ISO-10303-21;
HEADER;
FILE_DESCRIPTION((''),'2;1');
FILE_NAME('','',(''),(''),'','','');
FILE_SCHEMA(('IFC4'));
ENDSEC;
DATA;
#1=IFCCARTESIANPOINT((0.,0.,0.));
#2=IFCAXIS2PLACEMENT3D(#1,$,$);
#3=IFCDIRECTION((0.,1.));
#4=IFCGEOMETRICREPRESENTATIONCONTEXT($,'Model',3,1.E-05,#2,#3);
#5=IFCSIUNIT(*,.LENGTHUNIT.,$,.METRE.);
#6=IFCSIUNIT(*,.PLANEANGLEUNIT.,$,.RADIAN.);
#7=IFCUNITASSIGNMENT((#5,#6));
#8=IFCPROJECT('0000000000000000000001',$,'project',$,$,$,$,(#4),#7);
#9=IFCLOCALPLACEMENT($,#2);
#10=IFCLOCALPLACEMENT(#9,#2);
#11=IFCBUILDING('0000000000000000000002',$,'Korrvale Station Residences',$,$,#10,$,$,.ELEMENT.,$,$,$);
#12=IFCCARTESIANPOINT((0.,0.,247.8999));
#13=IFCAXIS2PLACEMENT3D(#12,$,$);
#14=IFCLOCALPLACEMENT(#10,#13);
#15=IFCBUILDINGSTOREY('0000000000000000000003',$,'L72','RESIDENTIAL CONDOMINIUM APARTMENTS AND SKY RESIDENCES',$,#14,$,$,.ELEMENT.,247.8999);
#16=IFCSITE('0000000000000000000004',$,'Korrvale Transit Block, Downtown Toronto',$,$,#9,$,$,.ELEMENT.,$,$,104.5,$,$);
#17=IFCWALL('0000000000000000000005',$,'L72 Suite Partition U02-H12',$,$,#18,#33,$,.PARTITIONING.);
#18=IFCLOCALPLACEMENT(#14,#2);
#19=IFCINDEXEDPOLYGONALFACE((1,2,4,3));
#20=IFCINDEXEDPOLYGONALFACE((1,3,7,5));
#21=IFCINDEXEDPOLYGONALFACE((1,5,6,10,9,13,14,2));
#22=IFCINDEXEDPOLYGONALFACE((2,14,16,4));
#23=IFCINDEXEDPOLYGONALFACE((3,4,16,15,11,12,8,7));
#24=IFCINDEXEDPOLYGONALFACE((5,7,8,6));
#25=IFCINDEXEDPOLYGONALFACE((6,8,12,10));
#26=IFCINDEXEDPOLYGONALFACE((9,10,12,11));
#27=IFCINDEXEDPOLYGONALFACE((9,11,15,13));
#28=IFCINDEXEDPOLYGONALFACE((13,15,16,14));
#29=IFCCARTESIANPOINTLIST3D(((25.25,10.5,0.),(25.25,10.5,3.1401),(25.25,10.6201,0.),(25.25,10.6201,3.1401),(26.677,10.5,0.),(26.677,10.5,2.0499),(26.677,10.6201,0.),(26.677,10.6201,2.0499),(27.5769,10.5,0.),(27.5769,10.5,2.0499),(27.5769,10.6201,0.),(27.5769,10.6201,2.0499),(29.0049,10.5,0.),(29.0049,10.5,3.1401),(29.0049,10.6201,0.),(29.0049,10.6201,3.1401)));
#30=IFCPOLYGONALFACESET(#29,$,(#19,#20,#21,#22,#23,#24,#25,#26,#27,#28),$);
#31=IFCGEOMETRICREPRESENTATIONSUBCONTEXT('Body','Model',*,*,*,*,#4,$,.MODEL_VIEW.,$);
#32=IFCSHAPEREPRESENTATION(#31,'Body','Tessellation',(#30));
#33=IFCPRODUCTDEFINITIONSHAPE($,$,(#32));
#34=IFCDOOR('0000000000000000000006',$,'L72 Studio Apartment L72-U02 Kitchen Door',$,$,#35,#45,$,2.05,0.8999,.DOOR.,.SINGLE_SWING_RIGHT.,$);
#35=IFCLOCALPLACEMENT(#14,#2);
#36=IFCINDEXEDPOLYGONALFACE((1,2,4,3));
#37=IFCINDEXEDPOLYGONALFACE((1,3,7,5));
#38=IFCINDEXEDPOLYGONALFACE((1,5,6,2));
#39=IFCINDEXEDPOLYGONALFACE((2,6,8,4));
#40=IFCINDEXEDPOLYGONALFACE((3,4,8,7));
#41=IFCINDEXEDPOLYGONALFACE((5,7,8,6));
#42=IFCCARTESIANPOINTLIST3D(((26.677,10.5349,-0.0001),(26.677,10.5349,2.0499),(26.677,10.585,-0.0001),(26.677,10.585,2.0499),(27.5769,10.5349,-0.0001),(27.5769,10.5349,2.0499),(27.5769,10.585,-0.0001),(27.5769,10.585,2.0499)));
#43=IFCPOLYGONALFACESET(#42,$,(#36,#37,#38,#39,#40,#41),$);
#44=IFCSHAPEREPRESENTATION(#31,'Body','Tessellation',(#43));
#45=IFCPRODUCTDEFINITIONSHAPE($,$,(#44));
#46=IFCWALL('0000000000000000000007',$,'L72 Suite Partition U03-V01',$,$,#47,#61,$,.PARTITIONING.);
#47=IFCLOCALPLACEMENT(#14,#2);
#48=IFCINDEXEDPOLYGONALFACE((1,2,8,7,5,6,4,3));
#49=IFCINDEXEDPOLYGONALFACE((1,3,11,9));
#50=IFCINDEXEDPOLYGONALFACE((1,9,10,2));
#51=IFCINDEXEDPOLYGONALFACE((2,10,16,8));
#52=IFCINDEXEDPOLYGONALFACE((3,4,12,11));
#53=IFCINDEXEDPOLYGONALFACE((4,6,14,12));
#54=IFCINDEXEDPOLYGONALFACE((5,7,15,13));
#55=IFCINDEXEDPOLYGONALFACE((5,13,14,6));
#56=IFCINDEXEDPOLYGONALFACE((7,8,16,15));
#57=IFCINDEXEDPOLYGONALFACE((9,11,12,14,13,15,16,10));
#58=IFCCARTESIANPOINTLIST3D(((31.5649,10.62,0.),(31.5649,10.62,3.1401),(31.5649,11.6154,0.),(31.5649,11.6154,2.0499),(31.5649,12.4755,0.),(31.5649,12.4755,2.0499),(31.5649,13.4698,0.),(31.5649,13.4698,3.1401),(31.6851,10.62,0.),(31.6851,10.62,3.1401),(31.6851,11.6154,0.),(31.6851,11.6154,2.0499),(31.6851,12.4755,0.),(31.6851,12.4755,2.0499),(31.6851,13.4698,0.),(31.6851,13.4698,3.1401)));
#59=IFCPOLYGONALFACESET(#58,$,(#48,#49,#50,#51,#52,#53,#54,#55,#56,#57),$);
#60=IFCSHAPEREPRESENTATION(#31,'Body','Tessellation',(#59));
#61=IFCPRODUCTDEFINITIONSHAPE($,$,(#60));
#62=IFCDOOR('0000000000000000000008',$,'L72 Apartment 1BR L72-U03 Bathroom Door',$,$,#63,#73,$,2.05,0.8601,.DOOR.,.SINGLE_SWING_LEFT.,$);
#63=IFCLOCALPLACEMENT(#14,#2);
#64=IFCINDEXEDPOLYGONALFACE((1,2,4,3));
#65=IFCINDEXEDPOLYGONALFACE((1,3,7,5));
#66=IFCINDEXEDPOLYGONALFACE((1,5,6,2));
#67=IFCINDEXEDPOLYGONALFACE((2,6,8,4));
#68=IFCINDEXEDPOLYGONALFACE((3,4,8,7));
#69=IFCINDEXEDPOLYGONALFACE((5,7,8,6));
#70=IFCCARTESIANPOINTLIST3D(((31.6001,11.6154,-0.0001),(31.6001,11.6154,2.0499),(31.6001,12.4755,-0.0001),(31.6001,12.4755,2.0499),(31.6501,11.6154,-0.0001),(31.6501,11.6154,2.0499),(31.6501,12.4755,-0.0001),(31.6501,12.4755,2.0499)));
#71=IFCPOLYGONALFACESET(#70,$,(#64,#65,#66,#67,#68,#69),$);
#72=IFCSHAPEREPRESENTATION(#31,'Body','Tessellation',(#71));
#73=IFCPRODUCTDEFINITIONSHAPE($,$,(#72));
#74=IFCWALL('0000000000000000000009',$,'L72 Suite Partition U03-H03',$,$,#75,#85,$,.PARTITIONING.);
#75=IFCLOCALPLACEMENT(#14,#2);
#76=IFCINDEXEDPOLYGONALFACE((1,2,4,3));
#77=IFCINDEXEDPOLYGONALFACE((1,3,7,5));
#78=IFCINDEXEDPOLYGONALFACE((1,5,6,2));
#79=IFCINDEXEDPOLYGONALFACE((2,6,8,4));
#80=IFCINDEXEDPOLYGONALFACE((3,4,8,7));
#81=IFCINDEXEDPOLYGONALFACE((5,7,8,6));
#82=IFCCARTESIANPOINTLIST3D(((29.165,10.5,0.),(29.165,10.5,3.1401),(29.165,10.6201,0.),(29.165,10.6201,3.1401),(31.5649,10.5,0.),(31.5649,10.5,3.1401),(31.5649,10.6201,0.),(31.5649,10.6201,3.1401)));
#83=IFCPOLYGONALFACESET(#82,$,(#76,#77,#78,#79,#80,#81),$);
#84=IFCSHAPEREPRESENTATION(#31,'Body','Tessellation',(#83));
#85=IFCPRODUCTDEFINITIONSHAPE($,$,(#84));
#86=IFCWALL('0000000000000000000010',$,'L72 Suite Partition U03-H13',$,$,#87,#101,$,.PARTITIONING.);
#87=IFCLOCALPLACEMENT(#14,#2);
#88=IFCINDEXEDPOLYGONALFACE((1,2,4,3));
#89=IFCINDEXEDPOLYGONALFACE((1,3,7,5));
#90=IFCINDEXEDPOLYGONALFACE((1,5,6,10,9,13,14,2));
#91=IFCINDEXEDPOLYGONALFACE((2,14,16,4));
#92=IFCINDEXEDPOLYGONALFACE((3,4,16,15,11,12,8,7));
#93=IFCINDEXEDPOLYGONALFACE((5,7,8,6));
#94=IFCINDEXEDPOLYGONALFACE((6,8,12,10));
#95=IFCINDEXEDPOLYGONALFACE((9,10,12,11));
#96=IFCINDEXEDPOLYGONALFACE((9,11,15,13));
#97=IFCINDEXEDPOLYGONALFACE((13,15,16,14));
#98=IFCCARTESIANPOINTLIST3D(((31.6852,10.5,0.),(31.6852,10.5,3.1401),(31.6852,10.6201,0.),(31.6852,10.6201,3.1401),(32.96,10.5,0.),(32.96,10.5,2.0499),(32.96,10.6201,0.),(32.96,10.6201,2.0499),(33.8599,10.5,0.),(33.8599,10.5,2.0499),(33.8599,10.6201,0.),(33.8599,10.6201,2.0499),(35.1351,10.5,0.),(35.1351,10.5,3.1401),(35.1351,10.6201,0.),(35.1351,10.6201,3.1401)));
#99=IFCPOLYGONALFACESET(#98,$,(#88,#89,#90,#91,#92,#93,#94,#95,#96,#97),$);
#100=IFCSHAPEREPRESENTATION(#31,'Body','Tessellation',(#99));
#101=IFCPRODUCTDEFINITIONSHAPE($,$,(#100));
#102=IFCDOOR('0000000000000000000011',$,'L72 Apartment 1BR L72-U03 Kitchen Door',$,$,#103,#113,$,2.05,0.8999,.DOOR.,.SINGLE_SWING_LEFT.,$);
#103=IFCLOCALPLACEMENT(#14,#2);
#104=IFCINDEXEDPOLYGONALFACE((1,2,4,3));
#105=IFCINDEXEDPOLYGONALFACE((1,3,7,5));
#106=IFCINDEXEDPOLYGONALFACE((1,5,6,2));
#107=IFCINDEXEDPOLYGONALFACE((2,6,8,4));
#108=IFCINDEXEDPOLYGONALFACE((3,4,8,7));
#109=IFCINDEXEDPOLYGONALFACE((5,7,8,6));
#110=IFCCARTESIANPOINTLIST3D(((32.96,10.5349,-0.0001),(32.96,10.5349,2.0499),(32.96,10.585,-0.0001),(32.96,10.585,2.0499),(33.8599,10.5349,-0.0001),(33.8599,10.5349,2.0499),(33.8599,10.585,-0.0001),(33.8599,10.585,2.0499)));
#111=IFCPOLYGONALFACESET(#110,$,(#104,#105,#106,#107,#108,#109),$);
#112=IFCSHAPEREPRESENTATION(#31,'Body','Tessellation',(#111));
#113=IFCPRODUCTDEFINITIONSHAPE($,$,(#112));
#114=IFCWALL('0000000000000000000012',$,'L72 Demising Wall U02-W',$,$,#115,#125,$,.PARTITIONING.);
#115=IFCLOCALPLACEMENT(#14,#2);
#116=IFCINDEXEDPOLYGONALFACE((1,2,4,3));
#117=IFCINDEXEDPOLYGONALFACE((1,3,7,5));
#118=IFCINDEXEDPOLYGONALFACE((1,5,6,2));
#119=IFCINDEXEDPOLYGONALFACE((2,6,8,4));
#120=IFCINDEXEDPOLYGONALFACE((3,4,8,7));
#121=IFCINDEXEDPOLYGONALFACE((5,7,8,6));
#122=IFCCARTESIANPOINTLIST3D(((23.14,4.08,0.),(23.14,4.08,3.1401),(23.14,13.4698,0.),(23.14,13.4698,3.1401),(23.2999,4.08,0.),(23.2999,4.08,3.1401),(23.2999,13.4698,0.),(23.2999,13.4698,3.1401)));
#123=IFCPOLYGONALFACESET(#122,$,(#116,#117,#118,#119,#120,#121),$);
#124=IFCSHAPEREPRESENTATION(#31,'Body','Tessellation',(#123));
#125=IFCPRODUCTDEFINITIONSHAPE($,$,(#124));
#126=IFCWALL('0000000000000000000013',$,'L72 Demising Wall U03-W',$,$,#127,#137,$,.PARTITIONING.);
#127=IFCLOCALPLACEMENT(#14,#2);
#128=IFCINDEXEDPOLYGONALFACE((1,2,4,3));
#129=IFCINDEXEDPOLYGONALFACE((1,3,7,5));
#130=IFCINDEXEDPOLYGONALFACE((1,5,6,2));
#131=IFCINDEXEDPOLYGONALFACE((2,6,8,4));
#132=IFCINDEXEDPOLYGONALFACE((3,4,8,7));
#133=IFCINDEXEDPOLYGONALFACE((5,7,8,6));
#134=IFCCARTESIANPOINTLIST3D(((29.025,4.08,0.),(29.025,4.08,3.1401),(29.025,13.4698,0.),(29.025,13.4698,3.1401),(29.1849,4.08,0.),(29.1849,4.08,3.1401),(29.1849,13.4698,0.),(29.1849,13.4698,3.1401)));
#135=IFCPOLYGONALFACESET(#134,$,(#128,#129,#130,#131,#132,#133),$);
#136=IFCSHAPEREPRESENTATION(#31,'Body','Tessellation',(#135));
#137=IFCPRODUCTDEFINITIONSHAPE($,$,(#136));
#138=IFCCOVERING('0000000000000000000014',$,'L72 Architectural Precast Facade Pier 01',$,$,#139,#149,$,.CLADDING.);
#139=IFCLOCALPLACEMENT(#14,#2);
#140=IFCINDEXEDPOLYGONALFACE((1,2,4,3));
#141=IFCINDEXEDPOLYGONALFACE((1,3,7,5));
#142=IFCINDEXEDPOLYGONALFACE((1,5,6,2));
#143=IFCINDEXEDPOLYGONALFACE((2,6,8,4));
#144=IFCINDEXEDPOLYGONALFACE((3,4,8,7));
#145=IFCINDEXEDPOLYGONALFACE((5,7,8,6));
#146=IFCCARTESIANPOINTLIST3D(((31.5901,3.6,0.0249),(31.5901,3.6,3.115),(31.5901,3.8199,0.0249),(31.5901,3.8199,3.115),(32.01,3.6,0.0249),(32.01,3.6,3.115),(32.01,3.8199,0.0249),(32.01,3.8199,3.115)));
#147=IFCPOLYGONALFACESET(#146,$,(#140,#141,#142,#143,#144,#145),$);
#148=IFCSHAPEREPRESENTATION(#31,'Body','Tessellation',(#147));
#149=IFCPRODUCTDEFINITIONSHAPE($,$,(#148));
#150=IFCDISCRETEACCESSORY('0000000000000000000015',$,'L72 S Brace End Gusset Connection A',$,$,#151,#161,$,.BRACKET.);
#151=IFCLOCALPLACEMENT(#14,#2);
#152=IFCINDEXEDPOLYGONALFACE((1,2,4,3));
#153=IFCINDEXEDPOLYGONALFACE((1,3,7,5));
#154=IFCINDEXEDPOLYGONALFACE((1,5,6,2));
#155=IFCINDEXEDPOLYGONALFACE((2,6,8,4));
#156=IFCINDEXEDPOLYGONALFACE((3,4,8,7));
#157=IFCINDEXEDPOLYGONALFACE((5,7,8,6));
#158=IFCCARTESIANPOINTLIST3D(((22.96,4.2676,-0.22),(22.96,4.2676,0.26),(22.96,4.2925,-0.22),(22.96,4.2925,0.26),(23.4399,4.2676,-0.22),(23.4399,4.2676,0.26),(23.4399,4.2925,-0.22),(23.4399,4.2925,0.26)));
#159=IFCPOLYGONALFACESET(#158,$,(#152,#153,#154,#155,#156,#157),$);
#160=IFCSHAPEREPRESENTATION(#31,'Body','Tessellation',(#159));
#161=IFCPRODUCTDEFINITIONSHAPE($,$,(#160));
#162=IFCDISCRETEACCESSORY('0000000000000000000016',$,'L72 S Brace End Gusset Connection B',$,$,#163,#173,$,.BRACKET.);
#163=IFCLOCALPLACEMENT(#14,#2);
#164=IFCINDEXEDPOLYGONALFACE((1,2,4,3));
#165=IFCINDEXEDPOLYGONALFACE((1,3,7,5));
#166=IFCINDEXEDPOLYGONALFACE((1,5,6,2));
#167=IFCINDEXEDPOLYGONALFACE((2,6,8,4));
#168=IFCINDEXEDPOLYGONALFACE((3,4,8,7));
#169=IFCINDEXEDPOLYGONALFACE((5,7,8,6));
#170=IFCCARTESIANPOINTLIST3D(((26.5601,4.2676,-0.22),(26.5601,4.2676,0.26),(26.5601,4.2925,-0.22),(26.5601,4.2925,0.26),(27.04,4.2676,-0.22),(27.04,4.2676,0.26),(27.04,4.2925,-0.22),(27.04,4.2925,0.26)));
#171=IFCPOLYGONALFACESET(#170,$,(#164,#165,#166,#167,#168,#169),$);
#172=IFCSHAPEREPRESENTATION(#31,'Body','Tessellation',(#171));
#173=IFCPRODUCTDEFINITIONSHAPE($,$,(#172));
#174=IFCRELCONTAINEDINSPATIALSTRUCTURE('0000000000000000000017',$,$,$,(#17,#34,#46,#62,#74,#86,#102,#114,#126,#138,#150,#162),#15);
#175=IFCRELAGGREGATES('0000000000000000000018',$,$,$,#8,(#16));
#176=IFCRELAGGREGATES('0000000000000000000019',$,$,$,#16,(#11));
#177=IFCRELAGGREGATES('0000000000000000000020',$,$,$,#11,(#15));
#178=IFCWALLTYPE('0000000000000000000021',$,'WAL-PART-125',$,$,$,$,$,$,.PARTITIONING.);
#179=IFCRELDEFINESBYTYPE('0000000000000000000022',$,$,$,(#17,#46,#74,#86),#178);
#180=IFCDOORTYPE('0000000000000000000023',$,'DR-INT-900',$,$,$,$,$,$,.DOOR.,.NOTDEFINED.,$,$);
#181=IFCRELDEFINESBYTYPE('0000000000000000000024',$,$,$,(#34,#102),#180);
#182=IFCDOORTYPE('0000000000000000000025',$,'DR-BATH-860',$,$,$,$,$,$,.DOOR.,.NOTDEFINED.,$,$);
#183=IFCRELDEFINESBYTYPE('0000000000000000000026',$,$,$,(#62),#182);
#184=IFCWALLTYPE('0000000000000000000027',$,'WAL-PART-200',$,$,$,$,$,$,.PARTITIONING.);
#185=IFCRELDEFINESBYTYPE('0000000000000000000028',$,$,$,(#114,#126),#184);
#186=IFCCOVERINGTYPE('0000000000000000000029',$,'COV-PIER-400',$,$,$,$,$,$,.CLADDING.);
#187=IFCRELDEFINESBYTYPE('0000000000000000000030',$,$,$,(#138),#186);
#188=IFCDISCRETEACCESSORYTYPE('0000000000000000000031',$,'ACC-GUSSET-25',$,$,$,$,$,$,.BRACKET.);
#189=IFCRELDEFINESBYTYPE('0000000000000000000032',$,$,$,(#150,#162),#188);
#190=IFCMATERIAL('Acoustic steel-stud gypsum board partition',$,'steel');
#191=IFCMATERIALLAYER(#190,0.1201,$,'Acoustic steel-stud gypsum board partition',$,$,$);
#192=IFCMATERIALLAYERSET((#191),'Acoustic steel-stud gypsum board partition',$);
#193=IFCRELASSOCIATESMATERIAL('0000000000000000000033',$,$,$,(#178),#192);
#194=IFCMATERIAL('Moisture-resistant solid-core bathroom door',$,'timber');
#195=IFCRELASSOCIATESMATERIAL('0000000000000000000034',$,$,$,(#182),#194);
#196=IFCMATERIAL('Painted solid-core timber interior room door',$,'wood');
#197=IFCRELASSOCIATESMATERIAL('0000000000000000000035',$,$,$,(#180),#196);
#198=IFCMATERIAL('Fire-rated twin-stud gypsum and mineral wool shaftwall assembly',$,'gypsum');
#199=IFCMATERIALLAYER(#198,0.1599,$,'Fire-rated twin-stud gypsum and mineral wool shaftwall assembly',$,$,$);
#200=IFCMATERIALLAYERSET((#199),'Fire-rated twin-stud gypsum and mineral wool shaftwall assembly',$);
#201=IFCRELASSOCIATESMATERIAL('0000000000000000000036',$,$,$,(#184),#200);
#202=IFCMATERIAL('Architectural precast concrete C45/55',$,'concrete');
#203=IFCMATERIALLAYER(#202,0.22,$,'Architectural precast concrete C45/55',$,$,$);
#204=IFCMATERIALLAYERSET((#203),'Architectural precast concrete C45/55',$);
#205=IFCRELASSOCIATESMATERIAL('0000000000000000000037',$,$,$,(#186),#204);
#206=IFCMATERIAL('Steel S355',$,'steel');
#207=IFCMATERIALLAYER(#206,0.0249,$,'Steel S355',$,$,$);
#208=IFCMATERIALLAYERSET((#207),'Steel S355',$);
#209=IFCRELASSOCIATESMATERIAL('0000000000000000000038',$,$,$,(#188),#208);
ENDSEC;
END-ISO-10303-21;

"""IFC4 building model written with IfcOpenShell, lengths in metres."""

from ifc_helpers import new_model, si_unit, direction, frame, frame_2d, origin, origin_2d, place, context, subcontext, project, spatial, rectangle, extrude, material, layer, layer_set, type_object, element, fill, save


model = new_model("IFC4")

# Units and contexts
model_context = context("Model", 3, precision=1e-05, world=origin(), true_north=direction((0.0, 1.0)))
body_context = subcontext(model_context, "Body", "Model", "MODEL_VIEW")
ifc_project = project(units=[si_unit("LENGTHUNIT", "METRE"), si_unit("PLANEANGLEUNIT", "RADIAN")], contexts=[model_context])

# Site, building, storey
site_placement = place(None, origin())
site = spatial("IfcSite", under=ifc_project, at=site_placement, Name="Korrvale Transit Block, Downtown Toronto", CompositionType="ELEMENT", RefElevation=104.5)
building_placement = place(site_placement, origin())
building = spatial("IfcBuilding", under=site, at=building_placement, Name="Korrvale Station Residences", CompositionType="ELEMENT")
storey_placement = place(building_placement, frame((0.0, 0.0, 247.8999)))
storey = spatial("IfcBuildingStorey", under=building, at=storey_placement, Name="L72", Description="RESIDENTIAL CONDOMINIUM APARTMENTS AND SKY RESIDENCES", CompositionType="ELEMENT", Elevation=247.8999)

# Shared definitions
ifc_material_1 = material(Name="Steel S355", Category="steel")

# Shared definitions
ifc_material_2 = material(Name="Acoustic steel-stud gypsum board partition", Category="steel")
ifc_layer_1 = layer(ifc_material_2, 0.1201, Name="Acoustic steel-stud gypsum board partition")
ifc_layer_set_1 = layer_set([ifc_layer_1], Name="Acoustic steel-stud gypsum board partition")
wall_type_1 = type_object("IfcWallType", Name="WAL-PART-125", PredefinedType="PARTITIONING", material=ifc_layer_set_1)
ifc_material_3 = material(Name="Moisture-resistant solid-core bathroom door", Category="timber")
door_type_1 = type_object("IfcDoorType", Name="DR-BATH-860", OperationType="NOTDEFINED", PredefinedType="DOOR", material=ifc_material_3)

# Walls, openings, doors
wall_1_placement = place(storey_placement, frame((25.25, 10.5601, 0.0), z_axis=(0.0, 0.0, 1.0), x_axis=(1.0, 0.0, 0.0)))
wall_1 = element("IfcWall", 1, at=wall_1_placement, inside=storey, type_object=wall_type_1, Name="L72 Suite Partition U02-H12", PredefinedType="PARTITIONING", context=body_context, shape_type="SweptSolid", body=[
    extrude(rectangle(XDim=3.7549, YDim=0.1201, at=frame_2d((1.8774, 0.0))), origin(), (0.0, 0.0, 1.0), 3.1401),
])
opening_1_placement = place(wall_1_placement, frame((1.427, 0.0, 0.0)))
opening_1 = element("IfcOpeningElement", 2, at=opening_1_placement, cuts=wall_1, PredefinedType="OPENING", context=body_context, shape_type="SweptSolid", body=[
    extrude(rectangle(XDim=0.8999, YDim=2.05, at=frame_2d((0.45, 1.0249))), frame((0.0, 0.0701, 0.0), z_axis=(0.0, -1.0, 0.0), x_axis=(1.0, 0.0, 0.0)), (0.0, 0.0, 1.0), 0.1401),
])
ifc_material_4 = material(Name="Painted solid-core timber interior room door", Category="wood")
door_type_2 = type_object("IfcDoorType", Name="DR-INT-900", OperationType="NOTDEFINED", PredefinedType="DOOR", material=ifc_material_4)
door_1_placement = place(opening_1_placement, origin())
door_1 = element("IfcDoor", 3, at=door_1_placement, inside=storey, type_object=door_type_2, Name="L72 Studio Apartment L72-U02 Kitchen Door", OperationType="SINGLE_SWING_RIGHT", OverallHeight=2.05, OverallWidth=0.8999, PredefinedType="DOOR", context=body_context, shape_type="SweptSolid", body=[
    extrude(rectangle(XDim=0.8999, YDim=2.05, at=frame_2d((0.45, 1.0249))), frame((0.0, 0.0249, 0.0), z_axis=(0.0, -1.0, 0.0), x_axis=(1.0, 0.0, 0.0)), (0.0, 0.0, 1.0), 0.05),
])
fill(opening_1, door_1)
wall_2_placement = place(storey_placement, frame((31.625, 10.6201, 0.0), z_axis=(0.0, 0.0, 1.0), x_axis=(0.0, 1.0, 0.0)))
wall_2 = element("IfcWall", 4, at=wall_2_placement, inside=storey, type_object=wall_type_1, Name="L72 Suite Partition U03-V01", PredefinedType="PARTITIONING", context=body_context, shape_type="SweptSolid", body=[
    extrude(rectangle(XDim=2.8499, YDim=0.1201, at=frame_2d((1.4248, 0.0))), origin(), (0.0, 0.0, 1.0), 3.1401),
])
opening_2_placement = place(wall_2_placement, frame((0.9951, 0.0, 0.0)))
opening_2 = element("IfcOpeningElement", 5, at=opening_2_placement, cuts=wall_2, PredefinedType="OPENING", context=body_context, shape_type="SweptSolid", body=[
    extrude(rectangle(XDim=0.8601, YDim=2.05, at=frame_2d((0.4302, 1.0249))), frame((0.0, 0.0701, 0.0), z_axis=(0.0, -1.0, 0.0), x_axis=(1.0, 0.0, 0.0)), (0.0, 0.0, 1.0), 0.1401),
])
door_2_placement = place(opening_2_placement, origin())
door_2 = element("IfcDoor", 6, at=door_2_placement, inside=storey, type_object=door_type_1, Name="L72 Apartment 1BR L72-U03 Bathroom Door", OperationType="SINGLE_SWING_LEFT", OverallHeight=2.05, OverallWidth=0.8601, PredefinedType="DOOR", context=body_context, shape_type="SweptSolid", body=[
    extrude(rectangle(XDim=0.8601, YDim=2.05, at=frame_2d((0.4302, 1.0249))), frame((0.0, 0.0249, 0.0), z_axis=(0.0, -1.0, 0.0), x_axis=(1.0, 0.0, 0.0)), (0.0, 0.0, 1.0), 0.05),
])
fill(opening_2, door_2)

# Wall
wall_3_placement = place(storey_placement, frame((29.165, 10.5601, 0.0), z_axis=(0.0, 0.0, 1.0), x_axis=(1.0, 0.0, 0.0)))
element("IfcWall", 7, at=wall_3_placement, inside=storey, type_object=wall_type_1, Name="L72 Suite Partition U03-H03", PredefinedType="PARTITIONING", context=body_context, shape_type="SweptSolid", body=[
    extrude(rectangle(XDim=2.3999, YDim=0.1201, at=frame_2d((1.2, 0.0))), origin(), (0.0, 0.0, 1.0), 3.1401),
])

# Wall, opening, door
wall_4_placement = place(storey_placement, frame((31.6851, 10.5601, 0.0), z_axis=(0.0, 0.0, 1.0), x_axis=(1.0, 0.0, 0.0)))
wall_4 = element("IfcWall", 8, at=wall_4_placement, inside=storey, type_object=wall_type_1, Name="L72 Suite Partition U03-H13", PredefinedType="PARTITIONING", context=body_context, shape_type="SweptSolid", body=[
    extrude(rectangle(XDim=3.45, YDim=0.1201, at=frame_2d((1.7251, 0.0))), origin(), (0.0, 0.0, 1.0), 3.1401),
])
opening_3_placement = place(wall_4_placement, frame((1.2749, 0.0, 0.0)))
opening_3 = element("IfcOpeningElement", 9, at=opening_3_placement, cuts=wall_4, PredefinedType="OPENING", context=body_context, shape_type="SweptSolid", body=[
    extrude(rectangle(XDim=0.8999, YDim=2.05, at=frame_2d((0.45, 1.0249))), frame((0.0, 0.0701, 0.0), z_axis=(0.0, -1.0, 0.0), x_axis=(1.0, 0.0, 0.0)), (0.0, 0.0, 1.0), 0.1401),
])
door_3_placement = place(opening_3_placement, origin())
door_3 = element("IfcDoor", 10, at=door_3_placement, inside=storey, type_object=door_type_2, Name="L72 Apartment 1BR L72-U03 Kitchen Door", OperationType="SINGLE_SWING_LEFT", OverallHeight=2.05, OverallWidth=0.8999, PredefinedType="DOOR", context=body_context, shape_type="SweptSolid", body=[
    extrude(rectangle(XDim=0.8999, YDim=2.05, at=frame_2d((0.45, 1.0249))), frame((0.0, 0.0249, 0.0), z_axis=(0.0, -1.0, 0.0), x_axis=(1.0, 0.0, 0.0)), (0.0, 0.0, 1.0), 0.05),
])
fill(opening_3, door_3)

# Walls
ifc_material_5 = material(Name="Fire-rated twin-stud gypsum and mineral wool shaftwall assembly", Category="gypsum")
ifc_layer_2 = layer(ifc_material_5, 0.1599, Name="Fire-rated twin-stud gypsum and mineral wool shaftwall assembly")
ifc_layer_set_2 = layer_set([ifc_layer_2], Name="Fire-rated twin-stud gypsum and mineral wool shaftwall assembly")
wall_type_2 = type_object("IfcWallType", Name="WAL-PART-200", PredefinedType="PARTITIONING", material=ifc_layer_set_2)
for number, where, z_axis, x_axis, name in (
    (11, (23.22, 4.0801, 0.0), (0.0, 0.0, 1.0), (0.0, 1.0, 0.0), "L72 Demising Wall U02-W"),
    (12, (29.105, 4.0801, 0.0), (0.0, 0.0, 1.0), (0.0, 1.0, 0.0), "L72 Demising Wall U03-W"),
):
    element("IfcWall", number, at=place(storey_placement, frame(where, z_axis=z_axis, x_axis=x_axis)), inside=storey, type_object=wall_type_2, Name=name, PredefinedType="PARTITIONING", context=body_context, shape_type="SweptSolid", body=[
        extrude(rectangle(XDim=9.3899, YDim=0.1599, at=frame_2d((4.6948, 0.0))), origin(), (0.0, 0.0, 1.0), 3.1401),
    ])

# Covering
ifc_material_6 = material(Name="Architectural precast concrete C45/55", Category="concrete")
ifc_layer_3 = layer(ifc_material_6, 0.22, Name="Architectural precast concrete C45/55")
ifc_layer_set_3 = layer_set([ifc_layer_3], Name="Architectural precast concrete C45/55")
covering_type = type_object("IfcCoveringType", Name="COV-PIER-400", PredefinedType="CLADDING", material=ifc_layer_set_3)
covering_placement = place(storey_placement, frame((31.8, 3.71, 0.0249), z_axis=(0.0, 0.0, 1.0), x_axis=(1.0, 0.0, 0.0)))
element("IfcCovering", 13, at=covering_placement, inside=storey, type_object=covering_type, Name="L72 Architectural Precast Facade Pier 01", PredefinedType="CLADDING", context=body_context, shape_type="SweptSolid", body=[
    extrude(rectangle(XDim=0.4199, YDim=0.22, at=origin_2d()), origin(), (0.0, 0.0, 1.0), 3.0901),
])

# Discrete accessories
ifc_layer_4 = layer(ifc_material_1, 0.0249, Name="Steel S355")
ifc_layer_set_4 = layer_set([ifc_layer_4], Name="Steel S355")
discrete_accessory_type = type_object("IfcDiscreteAccessoryType", Name="ACC-GUSSET-25", PredefinedType="BRACKET", material=ifc_layer_set_4)
for number, where, z_axis, x_axis, name in (
    (14, (23.2, 4.28, -0.22), (0.0, 0.0, 1.0), (1.0, 0.0, 0.0), "L72 S Brace End Gusset Connection A"),
    (15, (26.8, 4.28, -0.22), (0.0, 0.0, 1.0), (1.0, 0.0, 0.0), "L72 S Brace End Gusset Connection B"),
):
    element("IfcDiscreteAccessory", number, at=place(storey_placement, frame(where, z_axis=z_axis, x_axis=x_axis)), inside=storey, type_object=discrete_accessory_type, Name=name, PredefinedType="BRACKET", context=body_context, shape_type="SweptSolid", body=[
        extrude(rectangle(XDim=0.48, YDim=0.0249, at=origin_2d()), origin(), (0.0, 0.0, 1.0), 0.48),
    ])

save(model, "model.ifc")
